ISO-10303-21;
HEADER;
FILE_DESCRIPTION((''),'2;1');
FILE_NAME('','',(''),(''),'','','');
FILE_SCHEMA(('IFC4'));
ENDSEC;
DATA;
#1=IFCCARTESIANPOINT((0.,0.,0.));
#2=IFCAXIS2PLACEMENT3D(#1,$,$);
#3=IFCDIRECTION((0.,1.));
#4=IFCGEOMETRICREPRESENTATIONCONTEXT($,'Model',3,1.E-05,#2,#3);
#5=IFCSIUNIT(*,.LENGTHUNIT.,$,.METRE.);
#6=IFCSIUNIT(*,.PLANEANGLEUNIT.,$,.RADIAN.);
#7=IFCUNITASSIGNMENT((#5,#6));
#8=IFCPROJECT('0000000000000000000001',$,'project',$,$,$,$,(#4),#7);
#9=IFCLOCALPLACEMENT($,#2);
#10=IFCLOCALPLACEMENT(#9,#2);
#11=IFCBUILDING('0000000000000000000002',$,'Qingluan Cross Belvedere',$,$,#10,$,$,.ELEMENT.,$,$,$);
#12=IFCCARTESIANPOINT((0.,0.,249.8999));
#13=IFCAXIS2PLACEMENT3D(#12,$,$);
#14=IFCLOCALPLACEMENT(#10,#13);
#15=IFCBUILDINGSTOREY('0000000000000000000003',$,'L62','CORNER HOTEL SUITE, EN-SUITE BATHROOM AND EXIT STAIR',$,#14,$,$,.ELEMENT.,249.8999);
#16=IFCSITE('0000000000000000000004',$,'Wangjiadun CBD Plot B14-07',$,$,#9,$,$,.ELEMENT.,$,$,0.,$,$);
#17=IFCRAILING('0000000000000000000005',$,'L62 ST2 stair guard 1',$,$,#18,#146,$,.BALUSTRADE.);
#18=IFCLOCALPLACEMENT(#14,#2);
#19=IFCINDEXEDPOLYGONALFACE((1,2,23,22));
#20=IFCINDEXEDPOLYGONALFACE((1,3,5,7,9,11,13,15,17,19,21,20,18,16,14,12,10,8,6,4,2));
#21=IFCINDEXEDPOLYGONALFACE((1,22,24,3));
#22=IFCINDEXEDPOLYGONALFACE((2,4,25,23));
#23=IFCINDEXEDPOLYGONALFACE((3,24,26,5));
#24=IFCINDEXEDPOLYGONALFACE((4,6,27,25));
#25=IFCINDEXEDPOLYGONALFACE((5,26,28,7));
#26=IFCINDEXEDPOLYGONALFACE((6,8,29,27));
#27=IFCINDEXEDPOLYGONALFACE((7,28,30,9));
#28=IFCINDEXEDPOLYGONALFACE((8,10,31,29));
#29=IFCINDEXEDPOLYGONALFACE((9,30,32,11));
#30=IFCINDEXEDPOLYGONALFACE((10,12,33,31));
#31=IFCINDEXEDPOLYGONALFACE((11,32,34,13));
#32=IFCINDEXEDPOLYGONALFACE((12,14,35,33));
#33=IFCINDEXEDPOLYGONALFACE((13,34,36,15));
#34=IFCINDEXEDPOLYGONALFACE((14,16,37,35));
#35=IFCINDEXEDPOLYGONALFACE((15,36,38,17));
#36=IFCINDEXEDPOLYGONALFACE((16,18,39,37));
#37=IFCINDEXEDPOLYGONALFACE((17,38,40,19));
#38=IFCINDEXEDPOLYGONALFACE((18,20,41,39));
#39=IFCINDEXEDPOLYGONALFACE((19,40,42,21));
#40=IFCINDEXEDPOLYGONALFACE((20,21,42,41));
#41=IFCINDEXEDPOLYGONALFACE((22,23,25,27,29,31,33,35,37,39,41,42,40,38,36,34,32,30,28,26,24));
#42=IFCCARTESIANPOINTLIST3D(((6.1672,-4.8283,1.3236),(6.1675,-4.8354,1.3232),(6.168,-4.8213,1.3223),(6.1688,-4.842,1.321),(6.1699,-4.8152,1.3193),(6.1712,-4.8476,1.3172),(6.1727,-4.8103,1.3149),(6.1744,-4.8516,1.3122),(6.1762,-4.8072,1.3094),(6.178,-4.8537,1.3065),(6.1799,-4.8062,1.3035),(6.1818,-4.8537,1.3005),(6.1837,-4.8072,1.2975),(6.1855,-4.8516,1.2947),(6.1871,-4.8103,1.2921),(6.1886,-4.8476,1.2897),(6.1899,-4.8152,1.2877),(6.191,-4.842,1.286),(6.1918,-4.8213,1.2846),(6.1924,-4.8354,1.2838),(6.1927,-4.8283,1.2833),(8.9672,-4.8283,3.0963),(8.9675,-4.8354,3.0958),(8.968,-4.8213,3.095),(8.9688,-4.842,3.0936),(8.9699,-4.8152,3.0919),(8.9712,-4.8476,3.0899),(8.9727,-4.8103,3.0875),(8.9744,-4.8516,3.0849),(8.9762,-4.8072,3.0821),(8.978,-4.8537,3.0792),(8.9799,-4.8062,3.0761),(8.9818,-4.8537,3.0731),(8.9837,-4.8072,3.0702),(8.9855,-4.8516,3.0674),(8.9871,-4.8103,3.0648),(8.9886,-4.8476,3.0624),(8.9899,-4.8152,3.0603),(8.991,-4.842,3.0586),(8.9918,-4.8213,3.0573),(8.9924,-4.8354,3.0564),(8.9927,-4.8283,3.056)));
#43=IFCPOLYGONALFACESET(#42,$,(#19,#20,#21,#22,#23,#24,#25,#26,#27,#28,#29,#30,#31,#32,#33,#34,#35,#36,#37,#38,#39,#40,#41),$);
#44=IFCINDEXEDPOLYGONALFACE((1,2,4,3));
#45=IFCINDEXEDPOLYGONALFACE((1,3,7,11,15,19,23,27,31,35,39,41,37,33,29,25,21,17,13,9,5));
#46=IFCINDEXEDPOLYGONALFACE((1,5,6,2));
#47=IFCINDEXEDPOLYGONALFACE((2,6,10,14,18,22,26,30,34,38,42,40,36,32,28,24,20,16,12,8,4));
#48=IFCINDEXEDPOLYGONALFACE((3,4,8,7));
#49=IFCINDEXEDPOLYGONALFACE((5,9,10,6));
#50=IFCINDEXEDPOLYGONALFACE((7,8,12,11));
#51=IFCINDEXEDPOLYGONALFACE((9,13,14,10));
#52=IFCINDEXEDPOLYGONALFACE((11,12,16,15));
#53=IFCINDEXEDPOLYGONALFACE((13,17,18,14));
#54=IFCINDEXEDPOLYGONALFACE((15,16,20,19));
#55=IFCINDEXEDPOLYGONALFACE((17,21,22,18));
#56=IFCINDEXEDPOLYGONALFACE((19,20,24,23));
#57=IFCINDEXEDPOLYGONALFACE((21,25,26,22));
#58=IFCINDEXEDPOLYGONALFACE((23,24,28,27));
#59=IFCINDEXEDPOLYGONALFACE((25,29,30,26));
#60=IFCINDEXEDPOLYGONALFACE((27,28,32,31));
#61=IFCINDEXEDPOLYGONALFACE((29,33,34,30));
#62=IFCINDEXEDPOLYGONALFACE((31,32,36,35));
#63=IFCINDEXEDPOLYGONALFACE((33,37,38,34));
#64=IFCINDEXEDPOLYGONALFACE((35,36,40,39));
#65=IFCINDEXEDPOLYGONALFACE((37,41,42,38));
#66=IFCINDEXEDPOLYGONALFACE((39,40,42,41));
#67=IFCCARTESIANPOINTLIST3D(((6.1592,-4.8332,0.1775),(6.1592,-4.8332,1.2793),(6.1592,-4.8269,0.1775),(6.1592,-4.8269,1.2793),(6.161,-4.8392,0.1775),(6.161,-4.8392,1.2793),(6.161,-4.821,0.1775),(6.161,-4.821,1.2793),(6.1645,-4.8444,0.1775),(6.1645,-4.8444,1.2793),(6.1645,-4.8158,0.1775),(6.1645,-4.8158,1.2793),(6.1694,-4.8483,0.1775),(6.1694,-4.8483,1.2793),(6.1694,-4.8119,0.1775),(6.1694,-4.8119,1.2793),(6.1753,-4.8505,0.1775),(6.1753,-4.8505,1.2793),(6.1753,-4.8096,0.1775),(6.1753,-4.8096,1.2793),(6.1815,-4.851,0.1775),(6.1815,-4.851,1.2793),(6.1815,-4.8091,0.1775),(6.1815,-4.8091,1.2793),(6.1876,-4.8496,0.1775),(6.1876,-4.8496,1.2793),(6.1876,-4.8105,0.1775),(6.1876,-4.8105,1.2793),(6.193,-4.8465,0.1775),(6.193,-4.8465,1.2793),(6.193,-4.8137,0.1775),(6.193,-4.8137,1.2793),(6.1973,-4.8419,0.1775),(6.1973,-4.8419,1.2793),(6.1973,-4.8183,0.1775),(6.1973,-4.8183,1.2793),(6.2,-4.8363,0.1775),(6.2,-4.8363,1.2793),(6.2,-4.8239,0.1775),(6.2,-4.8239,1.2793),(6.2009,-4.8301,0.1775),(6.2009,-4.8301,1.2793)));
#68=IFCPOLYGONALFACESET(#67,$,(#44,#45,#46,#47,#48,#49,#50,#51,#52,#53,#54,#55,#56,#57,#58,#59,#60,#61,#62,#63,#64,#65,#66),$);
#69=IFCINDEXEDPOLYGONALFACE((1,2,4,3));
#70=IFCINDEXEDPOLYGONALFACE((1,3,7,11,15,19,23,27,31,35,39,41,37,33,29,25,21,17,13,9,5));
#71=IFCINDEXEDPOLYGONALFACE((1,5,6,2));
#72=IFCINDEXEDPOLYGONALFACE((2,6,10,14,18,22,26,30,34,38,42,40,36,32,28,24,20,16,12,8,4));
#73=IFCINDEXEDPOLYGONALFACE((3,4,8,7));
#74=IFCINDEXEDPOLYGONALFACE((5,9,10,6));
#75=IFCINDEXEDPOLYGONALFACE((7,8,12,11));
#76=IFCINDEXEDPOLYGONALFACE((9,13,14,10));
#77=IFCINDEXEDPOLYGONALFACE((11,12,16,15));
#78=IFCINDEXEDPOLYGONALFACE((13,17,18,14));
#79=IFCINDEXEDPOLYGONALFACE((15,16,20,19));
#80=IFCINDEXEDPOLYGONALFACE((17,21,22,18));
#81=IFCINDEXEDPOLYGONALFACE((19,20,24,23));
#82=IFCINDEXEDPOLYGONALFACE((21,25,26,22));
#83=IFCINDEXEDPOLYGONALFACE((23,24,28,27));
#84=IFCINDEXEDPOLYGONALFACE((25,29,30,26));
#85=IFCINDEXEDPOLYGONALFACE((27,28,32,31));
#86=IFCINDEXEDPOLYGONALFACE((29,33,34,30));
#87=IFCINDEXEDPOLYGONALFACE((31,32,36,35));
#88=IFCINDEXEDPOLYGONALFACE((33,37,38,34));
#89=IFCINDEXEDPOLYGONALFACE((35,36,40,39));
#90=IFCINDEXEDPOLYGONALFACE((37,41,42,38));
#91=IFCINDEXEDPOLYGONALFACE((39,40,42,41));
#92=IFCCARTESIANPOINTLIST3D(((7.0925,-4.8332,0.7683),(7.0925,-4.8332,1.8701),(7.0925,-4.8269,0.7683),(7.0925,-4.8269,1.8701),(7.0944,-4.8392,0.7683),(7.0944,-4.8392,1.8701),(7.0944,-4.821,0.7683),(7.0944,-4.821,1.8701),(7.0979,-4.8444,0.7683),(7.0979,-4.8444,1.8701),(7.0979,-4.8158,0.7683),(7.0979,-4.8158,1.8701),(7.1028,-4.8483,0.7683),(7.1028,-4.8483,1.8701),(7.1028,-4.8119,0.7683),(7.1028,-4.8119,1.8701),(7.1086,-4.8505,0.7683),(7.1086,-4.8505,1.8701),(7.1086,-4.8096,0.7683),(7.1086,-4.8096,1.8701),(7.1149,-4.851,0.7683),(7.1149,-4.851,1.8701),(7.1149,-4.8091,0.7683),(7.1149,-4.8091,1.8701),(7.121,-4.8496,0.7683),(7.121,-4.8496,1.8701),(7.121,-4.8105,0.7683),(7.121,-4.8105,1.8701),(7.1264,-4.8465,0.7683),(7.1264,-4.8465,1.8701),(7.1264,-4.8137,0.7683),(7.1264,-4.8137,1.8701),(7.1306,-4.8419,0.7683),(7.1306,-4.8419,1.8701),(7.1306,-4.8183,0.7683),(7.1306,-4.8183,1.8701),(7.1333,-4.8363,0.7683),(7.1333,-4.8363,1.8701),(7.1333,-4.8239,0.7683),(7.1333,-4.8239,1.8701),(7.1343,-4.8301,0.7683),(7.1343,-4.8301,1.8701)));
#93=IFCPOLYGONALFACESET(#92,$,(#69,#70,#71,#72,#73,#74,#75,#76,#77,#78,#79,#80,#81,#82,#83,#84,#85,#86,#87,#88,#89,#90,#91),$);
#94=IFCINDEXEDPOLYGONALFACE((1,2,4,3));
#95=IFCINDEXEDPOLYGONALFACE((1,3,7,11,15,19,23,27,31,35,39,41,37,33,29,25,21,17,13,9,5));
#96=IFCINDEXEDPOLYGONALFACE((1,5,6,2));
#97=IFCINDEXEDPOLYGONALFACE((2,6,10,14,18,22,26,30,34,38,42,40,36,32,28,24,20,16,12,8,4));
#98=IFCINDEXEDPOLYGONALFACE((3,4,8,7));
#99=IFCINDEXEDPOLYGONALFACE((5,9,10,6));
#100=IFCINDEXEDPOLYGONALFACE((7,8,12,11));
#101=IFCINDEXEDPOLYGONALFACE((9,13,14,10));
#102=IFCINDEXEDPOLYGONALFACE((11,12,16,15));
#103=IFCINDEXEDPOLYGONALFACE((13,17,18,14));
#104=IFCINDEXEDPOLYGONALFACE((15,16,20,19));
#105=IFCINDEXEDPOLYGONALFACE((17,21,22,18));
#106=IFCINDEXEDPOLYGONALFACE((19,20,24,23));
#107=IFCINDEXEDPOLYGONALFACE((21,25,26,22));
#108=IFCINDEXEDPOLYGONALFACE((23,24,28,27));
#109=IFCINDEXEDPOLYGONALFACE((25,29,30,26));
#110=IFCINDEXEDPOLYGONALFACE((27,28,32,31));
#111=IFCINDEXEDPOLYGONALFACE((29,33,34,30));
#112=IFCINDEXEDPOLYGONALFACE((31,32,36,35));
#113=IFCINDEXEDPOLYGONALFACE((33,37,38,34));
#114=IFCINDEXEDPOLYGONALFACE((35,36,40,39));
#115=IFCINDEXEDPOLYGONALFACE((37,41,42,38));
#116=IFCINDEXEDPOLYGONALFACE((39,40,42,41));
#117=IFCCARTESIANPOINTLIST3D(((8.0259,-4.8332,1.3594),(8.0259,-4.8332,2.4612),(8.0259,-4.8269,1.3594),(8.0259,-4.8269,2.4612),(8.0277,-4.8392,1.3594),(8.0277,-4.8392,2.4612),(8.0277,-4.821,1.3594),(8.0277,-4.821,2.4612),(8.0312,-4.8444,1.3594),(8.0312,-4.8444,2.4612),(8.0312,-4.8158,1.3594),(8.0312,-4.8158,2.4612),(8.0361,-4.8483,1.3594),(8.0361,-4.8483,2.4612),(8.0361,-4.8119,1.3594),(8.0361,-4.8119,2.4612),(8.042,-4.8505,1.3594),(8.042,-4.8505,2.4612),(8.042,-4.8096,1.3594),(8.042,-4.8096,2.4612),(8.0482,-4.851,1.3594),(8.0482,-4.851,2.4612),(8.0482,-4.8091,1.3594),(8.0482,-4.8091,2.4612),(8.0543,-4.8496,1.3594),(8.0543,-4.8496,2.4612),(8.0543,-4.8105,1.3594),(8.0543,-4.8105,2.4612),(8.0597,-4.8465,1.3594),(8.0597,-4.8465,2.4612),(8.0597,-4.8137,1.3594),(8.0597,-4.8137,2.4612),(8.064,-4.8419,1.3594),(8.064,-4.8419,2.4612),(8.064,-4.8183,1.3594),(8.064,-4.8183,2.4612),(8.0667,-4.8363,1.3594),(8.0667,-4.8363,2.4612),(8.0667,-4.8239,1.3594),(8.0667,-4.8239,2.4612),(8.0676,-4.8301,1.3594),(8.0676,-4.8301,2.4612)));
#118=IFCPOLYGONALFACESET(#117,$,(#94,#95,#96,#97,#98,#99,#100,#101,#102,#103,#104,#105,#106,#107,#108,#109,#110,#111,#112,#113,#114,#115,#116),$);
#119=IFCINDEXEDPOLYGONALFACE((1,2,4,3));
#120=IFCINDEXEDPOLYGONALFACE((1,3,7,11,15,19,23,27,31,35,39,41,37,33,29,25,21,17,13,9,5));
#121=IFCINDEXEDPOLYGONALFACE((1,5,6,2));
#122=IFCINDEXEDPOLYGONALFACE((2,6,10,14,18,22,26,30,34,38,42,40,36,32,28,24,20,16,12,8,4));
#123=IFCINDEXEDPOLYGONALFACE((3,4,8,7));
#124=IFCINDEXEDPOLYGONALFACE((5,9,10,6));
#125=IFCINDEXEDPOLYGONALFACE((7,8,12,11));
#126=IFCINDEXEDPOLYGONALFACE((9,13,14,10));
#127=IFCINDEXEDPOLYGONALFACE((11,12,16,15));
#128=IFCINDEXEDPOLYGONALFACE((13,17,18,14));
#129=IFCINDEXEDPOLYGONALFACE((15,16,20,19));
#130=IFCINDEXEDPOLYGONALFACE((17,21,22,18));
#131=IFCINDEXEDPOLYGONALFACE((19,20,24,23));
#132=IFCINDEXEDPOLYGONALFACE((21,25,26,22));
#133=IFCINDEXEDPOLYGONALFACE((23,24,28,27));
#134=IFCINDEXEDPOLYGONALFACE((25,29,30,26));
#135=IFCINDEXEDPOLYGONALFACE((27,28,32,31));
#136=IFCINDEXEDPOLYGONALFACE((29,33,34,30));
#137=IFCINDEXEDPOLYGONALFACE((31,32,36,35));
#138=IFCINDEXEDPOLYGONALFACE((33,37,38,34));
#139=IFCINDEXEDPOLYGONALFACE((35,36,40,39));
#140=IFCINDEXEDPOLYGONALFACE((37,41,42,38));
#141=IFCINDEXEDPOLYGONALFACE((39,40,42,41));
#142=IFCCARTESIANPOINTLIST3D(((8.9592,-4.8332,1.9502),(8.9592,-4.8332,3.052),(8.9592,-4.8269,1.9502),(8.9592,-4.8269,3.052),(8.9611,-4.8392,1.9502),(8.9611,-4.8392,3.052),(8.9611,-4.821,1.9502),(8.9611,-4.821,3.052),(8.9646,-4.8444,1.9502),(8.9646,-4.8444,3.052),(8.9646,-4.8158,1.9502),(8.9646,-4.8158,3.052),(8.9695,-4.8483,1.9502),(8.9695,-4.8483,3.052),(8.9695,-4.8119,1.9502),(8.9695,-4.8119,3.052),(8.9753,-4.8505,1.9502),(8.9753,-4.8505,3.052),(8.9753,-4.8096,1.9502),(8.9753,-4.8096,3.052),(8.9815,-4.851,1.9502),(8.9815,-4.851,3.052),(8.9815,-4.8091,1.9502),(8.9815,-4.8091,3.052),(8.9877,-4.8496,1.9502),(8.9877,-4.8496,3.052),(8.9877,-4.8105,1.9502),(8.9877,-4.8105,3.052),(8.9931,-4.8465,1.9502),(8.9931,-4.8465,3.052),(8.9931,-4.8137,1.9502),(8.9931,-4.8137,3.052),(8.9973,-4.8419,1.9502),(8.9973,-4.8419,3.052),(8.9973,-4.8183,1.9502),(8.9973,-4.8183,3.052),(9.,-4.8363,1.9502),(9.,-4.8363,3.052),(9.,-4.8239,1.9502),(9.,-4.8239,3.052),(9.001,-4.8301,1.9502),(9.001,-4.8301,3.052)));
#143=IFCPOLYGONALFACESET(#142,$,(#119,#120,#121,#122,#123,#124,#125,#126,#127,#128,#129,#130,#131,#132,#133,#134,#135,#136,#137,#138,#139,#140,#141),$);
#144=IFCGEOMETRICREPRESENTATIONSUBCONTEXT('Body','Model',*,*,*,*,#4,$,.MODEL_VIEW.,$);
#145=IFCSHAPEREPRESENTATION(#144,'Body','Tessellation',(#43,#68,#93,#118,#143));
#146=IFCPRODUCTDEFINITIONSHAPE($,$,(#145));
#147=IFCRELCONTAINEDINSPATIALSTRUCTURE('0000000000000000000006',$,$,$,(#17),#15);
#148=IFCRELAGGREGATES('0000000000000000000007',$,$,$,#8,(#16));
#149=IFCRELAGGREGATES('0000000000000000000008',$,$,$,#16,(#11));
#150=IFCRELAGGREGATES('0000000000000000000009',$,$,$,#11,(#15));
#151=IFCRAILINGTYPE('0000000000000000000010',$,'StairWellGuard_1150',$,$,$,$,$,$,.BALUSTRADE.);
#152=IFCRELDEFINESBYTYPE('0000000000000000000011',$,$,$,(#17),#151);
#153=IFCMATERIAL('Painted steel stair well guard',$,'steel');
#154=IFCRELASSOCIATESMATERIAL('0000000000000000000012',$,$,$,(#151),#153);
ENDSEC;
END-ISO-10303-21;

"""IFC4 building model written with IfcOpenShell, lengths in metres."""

from ifc_helpers import new_model, si_unit, direction, frame, origin, origin_2d, place, context, subcontext, project, spatial, circle, extrude, material, type_object, element, save


model = new_model("IFC4")

# Units and contexts
model_context = context("Model", 3, precision=1e-05, world=origin(), true_north=direction((0.0, 1.0)))
body_context = subcontext(model_context, "Body", "Model", "MODEL_VIEW")
ifc_project = project(units=[si_unit("LENGTHUNIT", "METRE"), si_unit("PLANEANGLEUNIT", "RADIAN")], contexts=[model_context])

# Site, building, storey
site_placement = place(None, origin())
site = spatial("IfcSite", under=ifc_project, at=site_placement, Name="Wangjiadun CBD Plot B14-07", CompositionType="ELEMENT", RefElevation=0.0)
building_placement = place(site_placement, origin())
building = spatial("IfcBuilding", under=site, at=building_placement, Name="Qingluan Cross Belvedere", CompositionType="ELEMENT")
storey_placement = place(building_placement, frame((0.0, 0.0, 249.8999)))
storey = spatial("IfcBuildingStorey", under=building, at=storey_placement, Name="L62", Description="CORNER HOTEL SUITE, EN-SUITE BATHROOM AND EXIT STAIR", CompositionType="ELEMENT", Elevation=249.8999)

# Railing
ifc_material_1 = material(Name="Painted steel stair well guard", Category="steel")
railing_type_1 = type_object("IfcRailingType", Name="StairWellGuard_1150", PredefinedType="BALUSTRADE", material=ifc_material_1)
railing_1_placement = place(storey_placement, frame((6.1799, -4.8301, 0.1775)))
element("IfcRailing", 1, at=railing_1_placement, inside=storey, type_object=railing_type_1, Name="L62 ST2 stair guard 1", PredefinedType="BALUSTRADE", context=body_context, shape_type="SweptSolid", body=[
    extrude(circle(Radius=0.0239, at=origin_2d()), frame((0.0, 0.0, 1.126), z_axis=(0.844909, 0.0, 0.53491), x_axis=(0.0, 1.0, 0.0)), (0.0, 0.0, 1.0), 3.314),
    extrude(circle(Radius=0.021, at=origin_2d()), origin(), (0.0, 0.0, 1.0), 1.1018),
    extrude(circle(Radius=0.021, at=origin_2d()), frame((0.9333, 0.0, 0.5908)), (0.0, 0.0, 1.0), 1.1018),
    extrude(circle(Radius=0.021, at=origin_2d()), frame((1.8667, 0.0, 1.1819)), (0.0, 0.0, 1.0), 1.1018),
    extrude(circle(Radius=0.021, at=origin_2d()), frame((2.8, 0.0, 1.7727)), (0.0, 0.0, 1.0), 1.1018),
])

save(model, "model.ifc")
